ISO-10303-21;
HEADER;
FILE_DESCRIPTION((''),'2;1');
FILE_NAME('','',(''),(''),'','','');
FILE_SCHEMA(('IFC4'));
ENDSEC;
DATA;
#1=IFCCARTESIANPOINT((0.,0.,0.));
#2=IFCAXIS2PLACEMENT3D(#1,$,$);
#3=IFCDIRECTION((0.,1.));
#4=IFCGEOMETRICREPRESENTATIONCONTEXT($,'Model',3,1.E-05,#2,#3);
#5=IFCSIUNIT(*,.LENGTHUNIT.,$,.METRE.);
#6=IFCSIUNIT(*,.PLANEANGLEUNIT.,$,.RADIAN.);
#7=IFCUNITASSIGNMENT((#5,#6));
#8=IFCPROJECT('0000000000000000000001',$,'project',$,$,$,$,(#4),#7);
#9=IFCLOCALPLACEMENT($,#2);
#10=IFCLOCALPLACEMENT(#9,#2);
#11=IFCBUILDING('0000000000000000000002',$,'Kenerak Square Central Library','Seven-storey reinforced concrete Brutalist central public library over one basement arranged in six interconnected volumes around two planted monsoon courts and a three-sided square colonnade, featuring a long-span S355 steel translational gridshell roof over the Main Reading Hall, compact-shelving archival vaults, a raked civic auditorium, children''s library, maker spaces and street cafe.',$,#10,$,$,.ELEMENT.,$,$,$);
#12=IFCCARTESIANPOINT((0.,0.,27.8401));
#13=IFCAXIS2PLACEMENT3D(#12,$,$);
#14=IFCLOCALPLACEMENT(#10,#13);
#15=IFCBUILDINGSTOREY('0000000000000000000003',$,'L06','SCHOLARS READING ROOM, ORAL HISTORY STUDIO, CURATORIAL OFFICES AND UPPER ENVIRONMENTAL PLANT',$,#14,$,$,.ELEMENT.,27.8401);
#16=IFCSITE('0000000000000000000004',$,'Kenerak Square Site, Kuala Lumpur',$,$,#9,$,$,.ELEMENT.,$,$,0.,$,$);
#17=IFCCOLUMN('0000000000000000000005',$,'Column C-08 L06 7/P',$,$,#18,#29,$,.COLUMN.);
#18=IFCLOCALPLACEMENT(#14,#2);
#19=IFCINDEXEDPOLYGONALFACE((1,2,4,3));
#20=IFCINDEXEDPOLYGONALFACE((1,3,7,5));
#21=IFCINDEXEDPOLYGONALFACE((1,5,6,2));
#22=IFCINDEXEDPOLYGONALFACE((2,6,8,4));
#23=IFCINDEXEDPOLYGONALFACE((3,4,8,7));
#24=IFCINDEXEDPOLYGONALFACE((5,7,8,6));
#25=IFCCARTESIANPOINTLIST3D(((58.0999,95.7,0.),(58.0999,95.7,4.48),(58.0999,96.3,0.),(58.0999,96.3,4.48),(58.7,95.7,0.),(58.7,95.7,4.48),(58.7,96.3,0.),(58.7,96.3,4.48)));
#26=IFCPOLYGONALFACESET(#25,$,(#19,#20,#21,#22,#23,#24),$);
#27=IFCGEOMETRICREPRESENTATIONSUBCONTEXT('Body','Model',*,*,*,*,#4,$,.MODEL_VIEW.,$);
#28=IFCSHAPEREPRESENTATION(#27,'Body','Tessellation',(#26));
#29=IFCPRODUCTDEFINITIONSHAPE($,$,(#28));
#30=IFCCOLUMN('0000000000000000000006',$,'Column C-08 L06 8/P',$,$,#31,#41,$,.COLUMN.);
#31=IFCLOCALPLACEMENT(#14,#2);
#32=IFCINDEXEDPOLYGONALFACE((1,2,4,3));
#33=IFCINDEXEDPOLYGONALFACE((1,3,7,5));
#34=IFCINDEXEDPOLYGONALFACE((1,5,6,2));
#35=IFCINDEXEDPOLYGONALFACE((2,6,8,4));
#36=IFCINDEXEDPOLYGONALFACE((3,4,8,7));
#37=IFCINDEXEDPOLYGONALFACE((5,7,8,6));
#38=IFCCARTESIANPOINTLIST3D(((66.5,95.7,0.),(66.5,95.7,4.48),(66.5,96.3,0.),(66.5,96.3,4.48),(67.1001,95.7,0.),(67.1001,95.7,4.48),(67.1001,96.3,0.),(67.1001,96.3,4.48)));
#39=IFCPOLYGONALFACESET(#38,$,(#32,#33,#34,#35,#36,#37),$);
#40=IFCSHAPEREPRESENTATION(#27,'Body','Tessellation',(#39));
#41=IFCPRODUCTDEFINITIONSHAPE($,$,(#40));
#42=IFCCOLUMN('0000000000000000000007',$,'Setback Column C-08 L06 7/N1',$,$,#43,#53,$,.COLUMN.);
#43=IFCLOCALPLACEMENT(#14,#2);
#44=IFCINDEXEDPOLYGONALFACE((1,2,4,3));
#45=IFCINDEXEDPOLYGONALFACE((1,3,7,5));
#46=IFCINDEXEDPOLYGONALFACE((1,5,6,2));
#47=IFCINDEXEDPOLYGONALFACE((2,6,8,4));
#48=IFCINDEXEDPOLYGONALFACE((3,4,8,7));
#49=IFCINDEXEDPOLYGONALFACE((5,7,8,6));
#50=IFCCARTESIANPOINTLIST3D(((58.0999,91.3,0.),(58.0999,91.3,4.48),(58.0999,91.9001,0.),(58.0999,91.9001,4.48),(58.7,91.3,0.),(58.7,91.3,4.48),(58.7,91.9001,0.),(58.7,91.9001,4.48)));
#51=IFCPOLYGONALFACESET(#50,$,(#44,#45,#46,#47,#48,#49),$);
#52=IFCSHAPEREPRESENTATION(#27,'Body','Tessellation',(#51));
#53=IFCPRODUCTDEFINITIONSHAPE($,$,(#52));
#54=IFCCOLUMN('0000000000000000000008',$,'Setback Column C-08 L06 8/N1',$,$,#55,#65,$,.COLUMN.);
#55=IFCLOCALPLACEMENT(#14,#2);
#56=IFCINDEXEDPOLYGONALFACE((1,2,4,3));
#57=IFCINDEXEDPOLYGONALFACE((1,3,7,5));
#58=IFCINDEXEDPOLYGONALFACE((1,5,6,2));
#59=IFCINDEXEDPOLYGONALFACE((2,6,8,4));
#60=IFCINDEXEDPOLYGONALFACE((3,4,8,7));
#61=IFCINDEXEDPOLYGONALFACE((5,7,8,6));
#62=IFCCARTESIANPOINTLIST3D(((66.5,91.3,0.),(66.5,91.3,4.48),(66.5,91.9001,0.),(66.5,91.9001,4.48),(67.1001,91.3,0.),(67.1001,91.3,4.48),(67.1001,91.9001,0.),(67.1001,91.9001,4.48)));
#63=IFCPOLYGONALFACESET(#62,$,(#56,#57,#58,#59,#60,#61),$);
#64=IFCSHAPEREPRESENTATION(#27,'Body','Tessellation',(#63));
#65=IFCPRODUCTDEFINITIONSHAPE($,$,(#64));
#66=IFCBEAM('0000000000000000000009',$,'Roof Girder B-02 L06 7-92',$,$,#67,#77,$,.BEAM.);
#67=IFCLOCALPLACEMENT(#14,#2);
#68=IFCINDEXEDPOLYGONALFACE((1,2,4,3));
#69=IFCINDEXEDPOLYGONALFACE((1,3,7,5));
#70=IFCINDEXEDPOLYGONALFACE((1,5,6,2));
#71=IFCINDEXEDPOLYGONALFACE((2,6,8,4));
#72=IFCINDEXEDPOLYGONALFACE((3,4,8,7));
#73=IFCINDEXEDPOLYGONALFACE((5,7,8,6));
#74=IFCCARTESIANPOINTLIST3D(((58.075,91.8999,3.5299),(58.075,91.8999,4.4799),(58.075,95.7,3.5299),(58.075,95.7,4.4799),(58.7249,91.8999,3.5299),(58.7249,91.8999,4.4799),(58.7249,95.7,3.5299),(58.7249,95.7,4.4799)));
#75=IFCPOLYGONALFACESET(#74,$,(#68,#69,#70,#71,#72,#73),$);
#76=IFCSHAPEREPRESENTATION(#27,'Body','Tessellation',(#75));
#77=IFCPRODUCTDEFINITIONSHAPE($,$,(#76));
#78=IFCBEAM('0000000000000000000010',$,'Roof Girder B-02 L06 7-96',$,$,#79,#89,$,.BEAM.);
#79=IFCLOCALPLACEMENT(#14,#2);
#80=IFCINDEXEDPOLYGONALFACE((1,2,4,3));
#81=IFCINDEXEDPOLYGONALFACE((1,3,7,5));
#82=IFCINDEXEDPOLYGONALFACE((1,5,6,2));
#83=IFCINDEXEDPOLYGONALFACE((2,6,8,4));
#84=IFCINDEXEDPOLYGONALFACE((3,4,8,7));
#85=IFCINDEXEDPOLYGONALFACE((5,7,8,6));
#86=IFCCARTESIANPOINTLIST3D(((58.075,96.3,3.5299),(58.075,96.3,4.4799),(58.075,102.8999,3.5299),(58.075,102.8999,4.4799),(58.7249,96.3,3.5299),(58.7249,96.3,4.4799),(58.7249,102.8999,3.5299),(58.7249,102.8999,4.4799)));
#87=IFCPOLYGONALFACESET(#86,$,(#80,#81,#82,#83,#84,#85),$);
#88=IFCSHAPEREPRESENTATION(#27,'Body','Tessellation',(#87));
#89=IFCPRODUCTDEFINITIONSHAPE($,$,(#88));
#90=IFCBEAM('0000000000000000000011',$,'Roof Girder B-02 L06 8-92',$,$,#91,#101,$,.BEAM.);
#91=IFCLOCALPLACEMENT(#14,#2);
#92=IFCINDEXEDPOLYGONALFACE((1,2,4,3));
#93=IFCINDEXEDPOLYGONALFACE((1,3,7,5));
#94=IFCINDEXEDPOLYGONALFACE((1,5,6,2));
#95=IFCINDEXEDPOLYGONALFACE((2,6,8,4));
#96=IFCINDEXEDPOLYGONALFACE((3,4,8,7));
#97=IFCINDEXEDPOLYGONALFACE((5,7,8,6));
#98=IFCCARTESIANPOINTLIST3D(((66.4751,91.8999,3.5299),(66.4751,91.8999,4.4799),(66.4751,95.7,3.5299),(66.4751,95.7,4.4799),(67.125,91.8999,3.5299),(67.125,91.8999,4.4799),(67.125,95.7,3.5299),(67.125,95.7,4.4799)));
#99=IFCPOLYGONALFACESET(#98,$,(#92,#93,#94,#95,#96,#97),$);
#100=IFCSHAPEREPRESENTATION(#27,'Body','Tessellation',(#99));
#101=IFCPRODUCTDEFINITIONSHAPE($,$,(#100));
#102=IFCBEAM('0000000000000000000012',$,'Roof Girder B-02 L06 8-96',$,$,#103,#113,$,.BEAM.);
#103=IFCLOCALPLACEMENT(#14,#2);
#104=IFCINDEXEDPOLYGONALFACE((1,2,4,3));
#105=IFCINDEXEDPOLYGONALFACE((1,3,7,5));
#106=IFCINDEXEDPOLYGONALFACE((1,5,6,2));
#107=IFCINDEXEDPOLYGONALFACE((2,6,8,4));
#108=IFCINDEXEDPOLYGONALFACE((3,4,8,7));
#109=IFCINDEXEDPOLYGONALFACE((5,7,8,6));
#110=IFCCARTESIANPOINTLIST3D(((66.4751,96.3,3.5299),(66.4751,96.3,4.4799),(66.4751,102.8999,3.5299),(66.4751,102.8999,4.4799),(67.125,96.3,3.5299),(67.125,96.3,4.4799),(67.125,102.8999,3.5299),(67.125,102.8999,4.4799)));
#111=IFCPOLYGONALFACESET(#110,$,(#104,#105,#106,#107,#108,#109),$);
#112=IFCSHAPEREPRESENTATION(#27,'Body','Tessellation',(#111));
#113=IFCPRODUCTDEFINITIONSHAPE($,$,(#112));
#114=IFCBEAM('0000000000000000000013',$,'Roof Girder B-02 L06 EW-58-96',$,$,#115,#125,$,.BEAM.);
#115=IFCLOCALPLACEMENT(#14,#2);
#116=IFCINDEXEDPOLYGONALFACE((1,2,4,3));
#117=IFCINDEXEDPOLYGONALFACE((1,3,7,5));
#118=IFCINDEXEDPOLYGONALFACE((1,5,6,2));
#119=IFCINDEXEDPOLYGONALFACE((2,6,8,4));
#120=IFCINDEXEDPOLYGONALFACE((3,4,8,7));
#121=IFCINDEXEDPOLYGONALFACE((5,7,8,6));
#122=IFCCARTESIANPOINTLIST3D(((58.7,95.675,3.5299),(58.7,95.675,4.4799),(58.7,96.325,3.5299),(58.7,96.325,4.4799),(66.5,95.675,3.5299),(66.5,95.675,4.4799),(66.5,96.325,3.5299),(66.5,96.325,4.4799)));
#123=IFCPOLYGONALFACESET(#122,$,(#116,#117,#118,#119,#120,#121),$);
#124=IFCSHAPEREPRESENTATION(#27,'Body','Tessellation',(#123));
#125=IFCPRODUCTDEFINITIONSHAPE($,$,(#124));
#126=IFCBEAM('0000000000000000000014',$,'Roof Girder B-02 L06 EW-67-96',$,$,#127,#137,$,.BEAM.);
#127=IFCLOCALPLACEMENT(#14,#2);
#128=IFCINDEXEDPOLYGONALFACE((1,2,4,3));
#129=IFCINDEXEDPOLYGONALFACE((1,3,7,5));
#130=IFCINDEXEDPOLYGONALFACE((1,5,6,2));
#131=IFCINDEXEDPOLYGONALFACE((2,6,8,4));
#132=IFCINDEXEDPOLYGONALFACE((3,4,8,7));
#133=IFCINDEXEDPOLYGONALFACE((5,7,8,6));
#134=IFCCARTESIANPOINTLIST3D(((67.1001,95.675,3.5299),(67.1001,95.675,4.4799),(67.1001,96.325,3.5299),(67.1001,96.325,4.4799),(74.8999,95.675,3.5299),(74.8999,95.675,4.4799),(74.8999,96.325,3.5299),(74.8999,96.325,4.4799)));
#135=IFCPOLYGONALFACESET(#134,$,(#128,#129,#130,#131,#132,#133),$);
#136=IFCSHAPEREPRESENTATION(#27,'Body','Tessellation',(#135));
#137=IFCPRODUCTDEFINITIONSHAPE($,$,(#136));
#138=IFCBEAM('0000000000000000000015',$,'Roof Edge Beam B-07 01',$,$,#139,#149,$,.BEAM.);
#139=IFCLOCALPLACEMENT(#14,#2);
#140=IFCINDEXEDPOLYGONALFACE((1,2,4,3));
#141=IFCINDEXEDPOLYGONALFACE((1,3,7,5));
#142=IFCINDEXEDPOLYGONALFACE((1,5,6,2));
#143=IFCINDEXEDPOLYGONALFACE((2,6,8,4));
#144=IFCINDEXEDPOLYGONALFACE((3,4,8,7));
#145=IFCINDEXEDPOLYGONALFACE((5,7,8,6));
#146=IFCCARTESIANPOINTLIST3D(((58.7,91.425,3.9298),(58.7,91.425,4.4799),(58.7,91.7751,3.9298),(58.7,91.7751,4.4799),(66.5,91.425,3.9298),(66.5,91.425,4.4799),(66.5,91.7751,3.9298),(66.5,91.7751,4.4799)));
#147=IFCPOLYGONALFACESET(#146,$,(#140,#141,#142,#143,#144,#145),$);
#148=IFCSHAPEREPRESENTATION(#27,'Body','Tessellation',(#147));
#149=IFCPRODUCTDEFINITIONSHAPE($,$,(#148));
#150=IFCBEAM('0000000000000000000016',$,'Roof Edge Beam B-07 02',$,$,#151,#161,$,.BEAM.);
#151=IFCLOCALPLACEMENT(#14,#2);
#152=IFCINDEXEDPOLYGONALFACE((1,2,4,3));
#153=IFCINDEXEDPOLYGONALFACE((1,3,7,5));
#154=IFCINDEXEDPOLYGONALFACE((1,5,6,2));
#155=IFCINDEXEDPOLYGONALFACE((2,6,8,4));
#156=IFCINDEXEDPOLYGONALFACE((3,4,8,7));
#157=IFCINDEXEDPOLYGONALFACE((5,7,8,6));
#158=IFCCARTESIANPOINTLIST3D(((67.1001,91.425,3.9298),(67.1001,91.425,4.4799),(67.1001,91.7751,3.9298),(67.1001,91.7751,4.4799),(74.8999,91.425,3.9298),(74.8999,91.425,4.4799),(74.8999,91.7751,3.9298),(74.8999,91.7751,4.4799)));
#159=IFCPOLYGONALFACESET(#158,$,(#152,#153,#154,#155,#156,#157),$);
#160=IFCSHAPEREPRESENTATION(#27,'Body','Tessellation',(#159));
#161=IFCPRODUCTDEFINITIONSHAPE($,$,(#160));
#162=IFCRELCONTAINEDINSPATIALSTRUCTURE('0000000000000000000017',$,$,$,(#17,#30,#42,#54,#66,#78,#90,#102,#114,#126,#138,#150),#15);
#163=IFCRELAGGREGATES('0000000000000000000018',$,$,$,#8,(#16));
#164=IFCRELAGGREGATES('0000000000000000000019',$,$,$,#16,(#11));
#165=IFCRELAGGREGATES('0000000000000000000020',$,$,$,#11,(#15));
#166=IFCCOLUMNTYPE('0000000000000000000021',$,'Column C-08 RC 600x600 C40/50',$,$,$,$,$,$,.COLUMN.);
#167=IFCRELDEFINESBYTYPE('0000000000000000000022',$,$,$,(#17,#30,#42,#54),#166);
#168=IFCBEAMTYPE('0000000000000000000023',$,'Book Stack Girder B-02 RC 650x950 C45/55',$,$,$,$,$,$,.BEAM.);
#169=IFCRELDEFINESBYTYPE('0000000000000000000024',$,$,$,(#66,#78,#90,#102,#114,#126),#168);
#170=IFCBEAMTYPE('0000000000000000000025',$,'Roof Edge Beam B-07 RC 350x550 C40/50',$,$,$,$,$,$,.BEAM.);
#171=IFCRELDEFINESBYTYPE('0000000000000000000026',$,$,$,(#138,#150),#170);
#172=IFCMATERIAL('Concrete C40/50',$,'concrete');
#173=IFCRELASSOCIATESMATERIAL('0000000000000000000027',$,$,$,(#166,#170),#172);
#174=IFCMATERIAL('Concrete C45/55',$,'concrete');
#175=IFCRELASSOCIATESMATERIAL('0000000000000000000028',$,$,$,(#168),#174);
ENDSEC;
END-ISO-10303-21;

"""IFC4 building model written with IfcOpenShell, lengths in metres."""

from ifc_helpers import new_model, si_unit, direction, frame, origin, origin_2d, place, context, subcontext, project, spatial, rectangle, extrude, material, material_profile, profile_set, type_object, element, save


model = new_model("IFC4")

# Units and contexts
model_context = context("Model", 3, precision=1e-05, world=origin(), true_north=direction((0.0, 1.0)))
body_context = subcontext(model_context, "Body", "Model", "MODEL_VIEW")
ifc_project = project(units=[si_unit("LENGTHUNIT", "METRE"), si_unit("PLANEANGLEUNIT", "RADIAN")], contexts=[model_context])

# Site, building, storey
site_placement = place(None, origin())
site = spatial("IfcSite", under=ifc_project, at=site_placement, Name="Kenerak Square Site, Kuala Lumpur", CompositionType="ELEMENT", RefElevation=0.0)
building_placement = place(site_placement, origin())
building = spatial("IfcBuilding", under=site, at=building_placement, Name="Kenerak Square Central Library", Description="Seven-storey reinforced concrete Brutalist central public library over one basement arranged in six interconnected volumes around two planted monsoon courts and a three-sided square colonnade, featuring a long-span S355 steel translational gridshell roof over the Main Reading Hall, compact-shelving archival vaults, a raked civic auditorium, children's library, maker spaces and street cafe.", CompositionType="ELEMENT")
storey_placement = place(building_placement, frame((0.0, 0.0, 27.8401)))
storey = spatial("IfcBuildingStorey", under=building, at=storey_placement, Name="L06", Description="SCHOLARS READING ROOM, ORAL HISTORY STUDIO, CURATORIAL OFFICES AND UPPER ENVIRONMENTAL PLANT", CompositionType="ELEMENT", Elevation=27.8401)

# Columns
ifc_material_1 = material(Name="Concrete C40/50", Category="concrete")
ifc_material_profile_1 = material_profile(ifc_material_1, rectangle(XDim=0.6001, YDim=0.6001, at=origin_2d()), Name="RC 600x600")
ifc_profile_set_1 = profile_set([ifc_material_profile_1], Name="Concrete C40/50")
column_type = type_object("IfcColumnType", Name="Column C-08 RC 600x600 C40/50", PredefinedType="COLUMN", material=ifc_profile_set_1)
for number, where, z_axis, x_axis, name in (
    (1, (58.3999, 96.0, 0.0), (0.0, 0.0, 1.0), (1.0, 0.0, 0.0), "Column C-08 L06 7/P"),
    (2, (66.8, 96.0, 0.0), (0.0, 0.0, 1.0), (1.0, 0.0, 0.0), "Column C-08 L06 8/P"),
    (3, (58.3999, 91.6001, 0.0), (0.0, 0.0, 1.0), (1.0, 0.0, 0.0), "Setback Column C-08 L06 7/N1"),
    (4, (66.8, 91.6001, 0.0), (0.0, 0.0, 1.0), (1.0, 0.0, 0.0), "Setback Column C-08 L06 8/N1"),
):
    element("IfcColumn", number, at=place(storey_placement, frame(where, z_axis=z_axis, x_axis=x_axis)), inside=storey, type_object=column_type, Name=name, PredefinedType="COLUMN", context=body_context, shape_type="SweptSolid", body=[
        extrude(rectangle(XDim=0.6001, YDim=0.6001, at=origin_2d()), origin(), (0.0, 0.0, 1.0), 4.48),
    ])

# Beams
ifc_material_2 = material(Name="Concrete C45/55", Category="concrete")
ifc_material_profile_2 = material_profile(ifc_material_2, rectangle(XDim=0.6499, YDim=0.95, at=origin_2d()), Name="RC 650x950")
ifc_profile_set_2 = profile_set([ifc_material_profile_2], Name="Concrete C45/55")
beam_type_1 = type_object("IfcBeamType", Name="Book Stack Girder B-02 RC 650x950 C45/55", PredefinedType="BEAM", material=ifc_profile_set_2)
beam_1_placement = place(storey_placement, frame((58.3999, 91.8999, 4.0049), z_axis=(0.0, 1.0, 0.0), x_axis=(-1.0, 0.0, 0.0)))
element("IfcBeam", 5, at=beam_1_placement, inside=storey, type_object=beam_type_1, Name="Roof Girder B-02 L06 7-92", PredefinedType="BEAM", context=body_context, shape_type="SweptSolid", body=[
    extrude(rectangle(XDim=0.6499, YDim=0.95, at=origin_2d()), origin(), (0.0, 0.0, 1.0), 3.8),
])
beam_2_placement = place(storey_placement, frame((58.3999, 96.3, 4.0049), z_axis=(0.0, 1.0, 0.0), x_axis=(-1.0, 0.0, 0.0)))
element("IfcBeam", 6, at=beam_2_placement, inside=storey, type_object=beam_type_1, Name="Roof Girder B-02 L06 7-96", PredefinedType="BEAM", context=body_context, shape_type="SweptSolid", body=[
    extrude(rectangle(XDim=0.6499, YDim=0.95, at=origin_2d()), origin(), (0.0, 0.0, 1.0), 6.5999),
])
beam_3_placement = place(storey_placement, frame((66.8, 91.8999, 4.0049), z_axis=(0.0, 1.0, 0.0), x_axis=(-1.0, 0.0, 0.0)))
element("IfcBeam", 7, at=beam_3_placement, inside=storey, type_object=beam_type_1, Name="Roof Girder B-02 L06 8-92", PredefinedType="BEAM", context=body_context, shape_type="SweptSolid", body=[
    extrude(rectangle(XDim=0.6499, YDim=0.95, at=origin_2d()), origin(), (0.0, 0.0, 1.0), 3.8),
])
beam_4_placement = place(storey_placement, frame((66.8, 96.3, 4.0049), z_axis=(0.0, 1.0, 0.0), x_axis=(-1.0, 0.0, 0.0)))
element("IfcBeam", 8, at=beam_4_placement, inside=storey, type_object=beam_type_1, Name="Roof Girder B-02 L06 8-96", PredefinedType="BEAM", context=body_context, shape_type="SweptSolid", body=[
    extrude(rectangle(XDim=0.6499, YDim=0.95, at=origin_2d()), origin(), (0.0, 0.0, 1.0), 6.5999),
])
beam_5_placement = place(storey_placement, frame((58.7, 96.0, 4.0049), z_axis=(1.0, 0.0, 0.0), x_axis=(0.0, 1.0, 0.0)))
element("IfcBeam", 9, at=beam_5_placement, inside=storey, type_object=beam_type_1, Name="Roof Girder B-02 L06 EW-58-96", PredefinedType="BEAM", context=body_context, shape_type="SweptSolid", body=[
    extrude(rectangle(XDim=0.6499, YDim=0.95, at=origin_2d()), origin(), (0.0, 0.0, 1.0), 7.8),
])
beam_6_placement = place(storey_placement, frame((67.1001, 96.0, 4.0049), z_axis=(1.0, 0.0, 0.0), x_axis=(0.0, 1.0, 0.0)))
element("IfcBeam", 10, at=beam_6_placement, inside=storey, type_object=beam_type_1, Name="Roof Girder B-02 L06 EW-67-96", PredefinedType="BEAM", context=body_context, shape_type="SweptSolid", body=[
    extrude(rectangle(XDim=0.6499, YDim=0.95, at=origin_2d()), origin(), (0.0, 0.0, 1.0), 7.7998),
])
ifc_material_profile_3 = material_profile(ifc_material_1, rectangle(XDim=0.3501, YDim=0.55, at=origin_2d()), Name="RC 350x550")
ifc_profile_set_3 = profile_set([ifc_material_profile_3], Name="Concrete C40/50")
beam_type_2 = type_object("IfcBeamType", Name="Roof Edge Beam B-07 RC 350x550 C40/50", PredefinedType="BEAM", material=ifc_profile_set_3)
beam_7_placement = place(storey_placement, frame((58.7, 91.6001, 4.2048), z_axis=(1.0, 0.0, 0.0), x_axis=(0.0, 1.0, 0.0)))
element("IfcBeam", 11, at=beam_7_placement, inside=storey, type_object=beam_type_2, Name="Roof Edge Beam B-07 01", PredefinedType="BEAM", context=body_context, shape_type="SweptSolid", body=[
    extrude(rectangle(XDim=0.3501, YDim=0.55, at=origin_2d()), origin(), (0.0, 0.0, 1.0), 7.8),
])
beam_8_placement = place(storey_placement, frame((67.1001, 91.6001, 4.2048), z_axis=(1.0, 0.0, 0.0), x_axis=(0.0, 1.0, 0.0)))
element("IfcBeam", 12, at=beam_8_placement, inside=storey, type_object=beam_type_2, Name="Roof Edge Beam B-07 02", PredefinedType="BEAM", context=body_context, shape_type="SweptSolid", body=[
    extrude(rectangle(XDim=0.3501, YDim=0.55, at=origin_2d()), origin(), (0.0, 0.0, 1.0), 7.7998),
])

save(model, "model.ifc")
